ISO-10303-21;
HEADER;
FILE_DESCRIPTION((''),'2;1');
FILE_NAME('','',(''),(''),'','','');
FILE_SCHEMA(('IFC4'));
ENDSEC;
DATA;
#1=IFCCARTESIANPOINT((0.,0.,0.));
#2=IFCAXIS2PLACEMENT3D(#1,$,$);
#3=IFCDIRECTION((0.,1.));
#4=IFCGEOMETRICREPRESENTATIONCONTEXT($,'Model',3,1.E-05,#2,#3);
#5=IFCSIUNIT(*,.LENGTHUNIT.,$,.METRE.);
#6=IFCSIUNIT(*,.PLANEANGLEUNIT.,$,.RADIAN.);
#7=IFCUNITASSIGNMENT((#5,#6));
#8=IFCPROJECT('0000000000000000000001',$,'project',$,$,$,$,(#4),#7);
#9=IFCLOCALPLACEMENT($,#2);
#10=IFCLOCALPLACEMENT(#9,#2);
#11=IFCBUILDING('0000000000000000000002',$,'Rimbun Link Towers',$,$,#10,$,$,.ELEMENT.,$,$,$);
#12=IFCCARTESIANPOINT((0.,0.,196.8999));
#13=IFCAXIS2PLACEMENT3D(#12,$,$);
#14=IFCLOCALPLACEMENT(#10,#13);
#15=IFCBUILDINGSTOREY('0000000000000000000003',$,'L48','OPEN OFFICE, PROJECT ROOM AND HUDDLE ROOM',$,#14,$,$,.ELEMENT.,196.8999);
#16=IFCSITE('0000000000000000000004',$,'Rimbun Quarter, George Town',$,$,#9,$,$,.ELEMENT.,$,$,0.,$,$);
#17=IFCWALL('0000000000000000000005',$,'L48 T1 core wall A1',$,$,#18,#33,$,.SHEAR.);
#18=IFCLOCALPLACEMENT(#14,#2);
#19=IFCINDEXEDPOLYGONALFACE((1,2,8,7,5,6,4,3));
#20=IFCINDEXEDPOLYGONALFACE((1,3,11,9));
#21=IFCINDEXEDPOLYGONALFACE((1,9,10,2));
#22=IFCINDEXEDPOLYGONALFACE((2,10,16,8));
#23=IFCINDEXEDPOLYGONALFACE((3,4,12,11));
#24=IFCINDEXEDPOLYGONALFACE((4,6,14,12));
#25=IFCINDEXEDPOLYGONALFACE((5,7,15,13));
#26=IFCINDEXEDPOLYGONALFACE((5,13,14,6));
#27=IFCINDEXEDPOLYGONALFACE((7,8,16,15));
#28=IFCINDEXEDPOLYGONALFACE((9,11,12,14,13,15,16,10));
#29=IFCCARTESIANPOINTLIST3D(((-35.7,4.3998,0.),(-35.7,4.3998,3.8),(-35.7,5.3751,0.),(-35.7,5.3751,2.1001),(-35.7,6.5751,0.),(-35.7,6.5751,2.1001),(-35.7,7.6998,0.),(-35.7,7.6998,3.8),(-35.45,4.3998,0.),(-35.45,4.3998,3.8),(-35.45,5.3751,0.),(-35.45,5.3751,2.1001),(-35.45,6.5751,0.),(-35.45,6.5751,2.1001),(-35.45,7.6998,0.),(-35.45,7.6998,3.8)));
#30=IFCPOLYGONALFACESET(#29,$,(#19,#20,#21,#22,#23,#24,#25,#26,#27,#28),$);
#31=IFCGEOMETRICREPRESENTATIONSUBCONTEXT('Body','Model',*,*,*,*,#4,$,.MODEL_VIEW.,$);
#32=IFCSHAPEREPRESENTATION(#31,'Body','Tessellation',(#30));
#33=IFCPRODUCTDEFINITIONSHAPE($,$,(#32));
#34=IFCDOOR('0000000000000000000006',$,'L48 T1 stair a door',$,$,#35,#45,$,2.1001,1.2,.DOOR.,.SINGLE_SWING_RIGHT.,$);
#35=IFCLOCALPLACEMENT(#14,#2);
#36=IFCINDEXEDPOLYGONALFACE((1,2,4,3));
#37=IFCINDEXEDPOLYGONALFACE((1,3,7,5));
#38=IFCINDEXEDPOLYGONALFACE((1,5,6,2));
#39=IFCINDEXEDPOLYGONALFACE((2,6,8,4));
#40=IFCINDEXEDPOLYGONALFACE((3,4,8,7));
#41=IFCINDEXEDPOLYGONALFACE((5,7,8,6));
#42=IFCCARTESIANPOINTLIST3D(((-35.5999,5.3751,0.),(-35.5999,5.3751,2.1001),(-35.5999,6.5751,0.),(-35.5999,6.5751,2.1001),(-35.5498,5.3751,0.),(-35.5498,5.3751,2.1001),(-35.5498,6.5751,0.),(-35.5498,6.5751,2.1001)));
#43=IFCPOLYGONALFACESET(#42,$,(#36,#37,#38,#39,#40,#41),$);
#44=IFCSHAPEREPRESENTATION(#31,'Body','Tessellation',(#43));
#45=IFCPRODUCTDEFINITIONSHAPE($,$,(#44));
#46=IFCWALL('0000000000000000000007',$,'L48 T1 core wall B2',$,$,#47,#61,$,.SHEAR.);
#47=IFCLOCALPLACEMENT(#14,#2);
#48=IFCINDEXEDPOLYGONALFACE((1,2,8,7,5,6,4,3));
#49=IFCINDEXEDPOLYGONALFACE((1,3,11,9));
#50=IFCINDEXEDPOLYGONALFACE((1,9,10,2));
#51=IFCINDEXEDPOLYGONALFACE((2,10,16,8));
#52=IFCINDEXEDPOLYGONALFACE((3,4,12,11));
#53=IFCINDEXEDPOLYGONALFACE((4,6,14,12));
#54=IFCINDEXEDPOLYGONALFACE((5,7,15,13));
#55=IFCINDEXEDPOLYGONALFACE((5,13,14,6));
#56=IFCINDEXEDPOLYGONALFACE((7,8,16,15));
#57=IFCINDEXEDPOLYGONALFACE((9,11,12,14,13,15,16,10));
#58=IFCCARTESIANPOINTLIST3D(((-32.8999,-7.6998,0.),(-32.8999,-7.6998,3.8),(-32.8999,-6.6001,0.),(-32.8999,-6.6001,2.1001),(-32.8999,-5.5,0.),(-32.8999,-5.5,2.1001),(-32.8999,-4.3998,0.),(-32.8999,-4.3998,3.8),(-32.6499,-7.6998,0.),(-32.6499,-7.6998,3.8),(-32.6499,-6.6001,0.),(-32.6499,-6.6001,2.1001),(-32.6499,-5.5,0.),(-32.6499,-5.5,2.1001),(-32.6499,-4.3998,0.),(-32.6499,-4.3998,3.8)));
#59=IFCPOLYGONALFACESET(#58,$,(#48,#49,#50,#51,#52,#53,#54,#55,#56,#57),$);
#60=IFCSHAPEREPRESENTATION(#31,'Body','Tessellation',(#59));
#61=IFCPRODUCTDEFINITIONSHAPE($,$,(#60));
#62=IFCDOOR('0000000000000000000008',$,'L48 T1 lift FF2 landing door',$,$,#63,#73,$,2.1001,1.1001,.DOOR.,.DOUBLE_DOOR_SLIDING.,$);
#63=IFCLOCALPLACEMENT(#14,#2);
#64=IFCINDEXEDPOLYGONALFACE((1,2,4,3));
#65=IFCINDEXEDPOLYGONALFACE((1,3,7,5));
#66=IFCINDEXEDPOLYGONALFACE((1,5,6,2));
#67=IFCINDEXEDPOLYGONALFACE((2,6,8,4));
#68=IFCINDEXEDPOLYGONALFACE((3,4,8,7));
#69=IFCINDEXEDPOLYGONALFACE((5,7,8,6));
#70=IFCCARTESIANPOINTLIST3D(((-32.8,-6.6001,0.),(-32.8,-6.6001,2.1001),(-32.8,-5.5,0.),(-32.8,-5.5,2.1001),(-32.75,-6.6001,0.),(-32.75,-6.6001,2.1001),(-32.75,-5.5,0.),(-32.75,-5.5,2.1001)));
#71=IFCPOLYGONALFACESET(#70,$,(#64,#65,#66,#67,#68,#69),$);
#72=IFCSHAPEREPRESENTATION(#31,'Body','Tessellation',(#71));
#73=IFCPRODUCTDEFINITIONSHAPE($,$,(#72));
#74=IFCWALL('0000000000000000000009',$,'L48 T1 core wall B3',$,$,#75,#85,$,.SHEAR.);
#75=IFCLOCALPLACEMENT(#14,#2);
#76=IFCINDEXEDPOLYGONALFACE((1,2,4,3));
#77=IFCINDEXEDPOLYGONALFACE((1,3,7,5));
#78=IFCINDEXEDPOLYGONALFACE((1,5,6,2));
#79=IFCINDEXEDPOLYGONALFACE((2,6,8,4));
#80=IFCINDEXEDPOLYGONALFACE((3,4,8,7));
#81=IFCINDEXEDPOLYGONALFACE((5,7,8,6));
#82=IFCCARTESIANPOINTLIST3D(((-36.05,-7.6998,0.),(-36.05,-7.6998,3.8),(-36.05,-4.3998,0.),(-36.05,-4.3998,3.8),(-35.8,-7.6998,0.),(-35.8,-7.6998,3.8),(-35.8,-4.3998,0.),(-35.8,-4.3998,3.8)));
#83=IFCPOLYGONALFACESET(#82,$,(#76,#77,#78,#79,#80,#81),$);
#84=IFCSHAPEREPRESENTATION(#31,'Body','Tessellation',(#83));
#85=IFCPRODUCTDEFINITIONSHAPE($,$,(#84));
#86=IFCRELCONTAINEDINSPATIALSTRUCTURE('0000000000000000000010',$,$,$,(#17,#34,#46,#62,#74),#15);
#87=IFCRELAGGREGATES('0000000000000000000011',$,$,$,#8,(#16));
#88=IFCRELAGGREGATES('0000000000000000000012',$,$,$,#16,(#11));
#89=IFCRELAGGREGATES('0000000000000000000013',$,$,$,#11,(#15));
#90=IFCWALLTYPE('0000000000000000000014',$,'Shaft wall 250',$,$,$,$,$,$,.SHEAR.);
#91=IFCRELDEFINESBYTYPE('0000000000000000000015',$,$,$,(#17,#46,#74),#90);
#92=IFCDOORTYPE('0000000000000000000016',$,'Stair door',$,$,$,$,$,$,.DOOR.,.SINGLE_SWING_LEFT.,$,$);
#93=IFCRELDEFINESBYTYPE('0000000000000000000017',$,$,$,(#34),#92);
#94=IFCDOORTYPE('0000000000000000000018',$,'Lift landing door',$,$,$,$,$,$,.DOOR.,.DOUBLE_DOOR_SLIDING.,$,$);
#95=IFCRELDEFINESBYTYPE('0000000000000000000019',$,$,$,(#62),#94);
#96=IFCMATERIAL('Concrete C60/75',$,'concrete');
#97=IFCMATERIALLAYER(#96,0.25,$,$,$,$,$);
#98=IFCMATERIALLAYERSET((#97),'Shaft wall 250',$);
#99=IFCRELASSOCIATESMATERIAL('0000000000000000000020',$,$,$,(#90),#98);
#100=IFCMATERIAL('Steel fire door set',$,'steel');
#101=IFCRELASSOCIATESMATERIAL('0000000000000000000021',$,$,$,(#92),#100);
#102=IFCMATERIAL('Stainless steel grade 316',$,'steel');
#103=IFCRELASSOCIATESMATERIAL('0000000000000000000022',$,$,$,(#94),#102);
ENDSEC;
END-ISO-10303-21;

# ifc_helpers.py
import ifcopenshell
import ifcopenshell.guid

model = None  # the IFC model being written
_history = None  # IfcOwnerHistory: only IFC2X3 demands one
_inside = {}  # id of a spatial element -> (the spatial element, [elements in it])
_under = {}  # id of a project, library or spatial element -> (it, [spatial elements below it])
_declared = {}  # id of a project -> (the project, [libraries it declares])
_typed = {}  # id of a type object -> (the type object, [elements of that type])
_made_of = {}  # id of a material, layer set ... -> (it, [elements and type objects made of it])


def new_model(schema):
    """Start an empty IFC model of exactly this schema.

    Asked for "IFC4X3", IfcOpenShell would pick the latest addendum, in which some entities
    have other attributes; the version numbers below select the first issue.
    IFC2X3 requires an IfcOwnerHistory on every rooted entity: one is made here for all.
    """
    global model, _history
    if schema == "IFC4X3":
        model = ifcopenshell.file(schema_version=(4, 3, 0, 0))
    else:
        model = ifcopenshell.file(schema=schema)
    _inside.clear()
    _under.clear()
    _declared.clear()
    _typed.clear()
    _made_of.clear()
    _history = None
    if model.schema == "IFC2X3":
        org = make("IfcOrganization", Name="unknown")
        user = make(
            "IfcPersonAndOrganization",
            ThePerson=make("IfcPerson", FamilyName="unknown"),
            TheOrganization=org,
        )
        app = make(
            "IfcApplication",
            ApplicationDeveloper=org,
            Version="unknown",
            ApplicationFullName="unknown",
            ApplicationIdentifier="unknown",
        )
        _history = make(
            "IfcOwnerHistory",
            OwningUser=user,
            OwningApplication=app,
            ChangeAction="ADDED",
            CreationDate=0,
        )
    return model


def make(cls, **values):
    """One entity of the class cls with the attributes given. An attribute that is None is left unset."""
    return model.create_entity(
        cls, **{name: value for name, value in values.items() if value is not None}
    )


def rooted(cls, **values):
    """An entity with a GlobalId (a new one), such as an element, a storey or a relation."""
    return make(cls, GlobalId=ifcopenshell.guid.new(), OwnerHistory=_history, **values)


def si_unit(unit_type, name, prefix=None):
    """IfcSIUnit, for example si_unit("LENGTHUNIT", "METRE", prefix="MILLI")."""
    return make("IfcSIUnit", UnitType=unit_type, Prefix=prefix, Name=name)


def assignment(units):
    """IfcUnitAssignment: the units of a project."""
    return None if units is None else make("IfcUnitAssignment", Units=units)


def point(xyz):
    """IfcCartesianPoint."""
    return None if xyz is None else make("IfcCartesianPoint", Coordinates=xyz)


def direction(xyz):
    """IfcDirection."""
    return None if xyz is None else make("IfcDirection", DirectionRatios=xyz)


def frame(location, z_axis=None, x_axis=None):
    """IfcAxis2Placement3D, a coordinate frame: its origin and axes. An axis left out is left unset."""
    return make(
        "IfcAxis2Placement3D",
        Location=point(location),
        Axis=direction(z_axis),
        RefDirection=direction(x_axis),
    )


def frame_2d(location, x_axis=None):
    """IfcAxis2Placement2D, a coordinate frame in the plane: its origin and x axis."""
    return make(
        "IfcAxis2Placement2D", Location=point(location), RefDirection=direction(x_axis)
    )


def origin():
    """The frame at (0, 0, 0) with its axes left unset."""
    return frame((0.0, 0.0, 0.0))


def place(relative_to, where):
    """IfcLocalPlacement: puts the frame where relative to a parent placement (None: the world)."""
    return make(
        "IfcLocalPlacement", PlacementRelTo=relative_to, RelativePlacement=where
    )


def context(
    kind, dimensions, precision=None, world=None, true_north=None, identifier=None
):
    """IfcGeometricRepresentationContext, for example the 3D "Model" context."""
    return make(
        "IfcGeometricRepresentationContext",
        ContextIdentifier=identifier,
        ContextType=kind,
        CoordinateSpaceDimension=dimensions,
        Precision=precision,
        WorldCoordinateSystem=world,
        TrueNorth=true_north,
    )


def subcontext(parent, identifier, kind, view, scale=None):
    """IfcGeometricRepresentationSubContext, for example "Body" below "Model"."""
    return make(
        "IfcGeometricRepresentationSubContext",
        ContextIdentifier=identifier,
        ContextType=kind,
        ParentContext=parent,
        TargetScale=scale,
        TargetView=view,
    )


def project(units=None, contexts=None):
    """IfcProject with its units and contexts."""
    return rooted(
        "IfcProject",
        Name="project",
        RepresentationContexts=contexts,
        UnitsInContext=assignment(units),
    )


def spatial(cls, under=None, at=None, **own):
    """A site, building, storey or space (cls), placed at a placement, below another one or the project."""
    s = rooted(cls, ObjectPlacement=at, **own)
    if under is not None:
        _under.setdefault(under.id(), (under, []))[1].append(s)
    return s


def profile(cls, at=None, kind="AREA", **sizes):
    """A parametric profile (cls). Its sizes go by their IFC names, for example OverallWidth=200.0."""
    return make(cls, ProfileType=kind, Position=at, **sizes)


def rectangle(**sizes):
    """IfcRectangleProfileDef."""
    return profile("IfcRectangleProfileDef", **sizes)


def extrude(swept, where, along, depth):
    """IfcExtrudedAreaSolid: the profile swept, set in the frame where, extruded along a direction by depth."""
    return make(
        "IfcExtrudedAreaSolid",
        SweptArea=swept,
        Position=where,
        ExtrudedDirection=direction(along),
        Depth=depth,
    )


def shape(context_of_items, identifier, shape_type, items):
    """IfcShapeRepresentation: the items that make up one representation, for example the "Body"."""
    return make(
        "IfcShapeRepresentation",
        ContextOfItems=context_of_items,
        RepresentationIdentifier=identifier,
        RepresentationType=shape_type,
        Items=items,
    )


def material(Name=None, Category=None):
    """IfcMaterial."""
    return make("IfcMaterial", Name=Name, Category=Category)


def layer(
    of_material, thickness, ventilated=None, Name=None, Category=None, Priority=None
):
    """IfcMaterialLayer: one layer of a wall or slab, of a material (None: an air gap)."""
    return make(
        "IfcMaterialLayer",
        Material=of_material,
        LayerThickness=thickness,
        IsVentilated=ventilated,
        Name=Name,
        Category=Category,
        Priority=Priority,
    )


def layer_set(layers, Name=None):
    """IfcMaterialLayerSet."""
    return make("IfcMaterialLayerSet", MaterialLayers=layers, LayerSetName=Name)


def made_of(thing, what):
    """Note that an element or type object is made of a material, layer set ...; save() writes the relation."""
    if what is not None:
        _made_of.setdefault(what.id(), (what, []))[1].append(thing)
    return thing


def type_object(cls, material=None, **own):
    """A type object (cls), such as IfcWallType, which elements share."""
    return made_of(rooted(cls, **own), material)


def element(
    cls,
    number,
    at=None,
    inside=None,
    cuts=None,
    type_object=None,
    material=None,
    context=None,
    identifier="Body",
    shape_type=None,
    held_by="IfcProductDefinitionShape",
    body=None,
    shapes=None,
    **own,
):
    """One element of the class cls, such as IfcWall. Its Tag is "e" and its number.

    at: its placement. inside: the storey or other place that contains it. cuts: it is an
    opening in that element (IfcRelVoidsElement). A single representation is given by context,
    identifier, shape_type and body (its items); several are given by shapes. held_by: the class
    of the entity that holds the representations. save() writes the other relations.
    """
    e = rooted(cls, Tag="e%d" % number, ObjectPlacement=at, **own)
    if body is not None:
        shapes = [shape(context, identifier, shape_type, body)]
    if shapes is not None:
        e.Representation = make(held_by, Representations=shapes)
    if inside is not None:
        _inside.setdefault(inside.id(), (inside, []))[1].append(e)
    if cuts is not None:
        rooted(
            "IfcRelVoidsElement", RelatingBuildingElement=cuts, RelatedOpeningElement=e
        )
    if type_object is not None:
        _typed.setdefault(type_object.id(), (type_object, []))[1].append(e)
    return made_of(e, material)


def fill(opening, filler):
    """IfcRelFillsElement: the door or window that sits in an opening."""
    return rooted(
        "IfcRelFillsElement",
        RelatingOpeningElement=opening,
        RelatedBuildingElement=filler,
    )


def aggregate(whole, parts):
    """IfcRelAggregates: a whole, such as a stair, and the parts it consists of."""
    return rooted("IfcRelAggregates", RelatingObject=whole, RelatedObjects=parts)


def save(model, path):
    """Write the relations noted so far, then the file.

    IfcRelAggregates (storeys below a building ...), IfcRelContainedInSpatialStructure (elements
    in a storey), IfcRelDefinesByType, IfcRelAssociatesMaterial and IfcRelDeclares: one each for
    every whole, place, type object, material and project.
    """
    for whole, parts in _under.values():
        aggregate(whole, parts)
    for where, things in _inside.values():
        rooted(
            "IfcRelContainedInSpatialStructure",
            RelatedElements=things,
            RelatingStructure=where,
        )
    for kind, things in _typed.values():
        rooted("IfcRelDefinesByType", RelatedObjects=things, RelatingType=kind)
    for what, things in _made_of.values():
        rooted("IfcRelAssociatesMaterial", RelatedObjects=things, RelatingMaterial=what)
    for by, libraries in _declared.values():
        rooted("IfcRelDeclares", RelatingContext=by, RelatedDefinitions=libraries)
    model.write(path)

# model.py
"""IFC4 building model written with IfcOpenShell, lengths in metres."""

from ifc_helpers import new_model, si_unit, direction, frame, frame_2d, origin, place, context, subcontext, project, spatial, rectangle, extrude, material, layer, layer_set, type_object, element, fill, save


model = new_model("IFC4")

# Units and contexts
model_context = context("Model", 3, precision=1e-05, world=origin(), true_north=direction((0.0, 1.0)))
body_context = subcontext(model_context, "Body", "Model", "MODEL_VIEW")
ifc_project = project(units=[si_unit("LENGTHUNIT", "METRE"), si_unit("PLANEANGLEUNIT", "RADIAN")], contexts=[model_context])

# Site, building, storey
site_placement = place(None, origin())
site = spatial("IfcSite", under=ifc_project, at=site_placement, Name="Rimbun Quarter, George Town", CompositionType="ELEMENT", RefElevation=0.0)
building_placement = place(site_placement, origin())
building = spatial("IfcBuilding", under=site, at=building_placement, Name="Rimbun Link Towers", CompositionType="ELEMENT")
storey_placement = place(building_placement, frame((0.0, 0.0, 196.8999)))
storey = spatial("IfcBuildingStorey", under=building, at=storey_placement, Name="L48", Description="OPEN OFFICE, PROJECT ROOM AND HUDDLE ROOM", CompositionType="ELEMENT", Elevation=196.8999)

# Shared definitions
ifc_material_1 = material(Name="Concrete C60/75", Category="concrete")
ifc_layer_1 = layer(ifc_material_1, 0.25)
ifc_layer_set_1 = layer_set([ifc_layer_1], Name="Shaft wall 250")
wall_type_1 = type_object("IfcWallType", Name="Shaft wall 250", PredefinedType="SHEAR", material=ifc_layer_set_1)

# Walls, openings, doors
wall_1_placement = place(storey_placement, frame((-35.575, 4.3999, 0.0), z_axis=(0.0, 0.0, 1.0), x_axis=(0.0, 1.0, 0.0)))
wall_1 = element("IfcWall", 1, at=wall_1_placement, inside=storey, type_object=wall_type_1, Name="L48 T1 core wall A1", PredefinedType="SHEAR", context=body_context, shape_type="SweptSolid", body=[
    extrude(rectangle(XDim=3.3, YDim=0.25, at=frame_2d((1.6499, 0.0))), origin(), (0.0, 0.0, 1.0), 3.8),
])
opening_1_placement = place(wall_1_placement, frame((0.9751, 0.0, 0.0)))
opening_1 = element("IfcOpeningElement", 2, at=opening_1_placement, cuts=wall_1, PredefinedType="OPENING", context=body_context, shape_type="SweptSolid", body=[
    extrude(rectangle(XDim=1.2, YDim=2.1001, at=frame_2d((0.6001, 1.05))), frame((0.0, 0.135, 0.0), z_axis=(0.0, -1.0, 0.0), x_axis=(1.0, 0.0, 0.0)), (0.0, 0.0, 1.0), 0.27),
])
ifc_material_2 = material(Name="Steel fire door set", Category="steel")
door_type_1 = type_object("IfcDoorType", Name="Stair door", OperationType="SINGLE_SWING_LEFT", PredefinedType="DOOR", material=ifc_material_2)
door_1_placement = place(opening_1_placement, origin())
door_1 = element("IfcDoor", 3, at=door_1_placement, inside=storey, type_object=door_type_1, Name="L48 T1 stair a door", OperationType="SINGLE_SWING_RIGHT", OverallHeight=2.1001, OverallWidth=1.2, PredefinedType="DOOR", context=body_context, shape_type="SweptSolid", body=[
    extrude(rectangle(XDim=1.2, YDim=2.1001, at=frame_2d((0.6001, 1.05))), frame((0.0, 0.0249, 0.0), z_axis=(0.0, -1.0, 0.0), x_axis=(1.0, 0.0, 0.0)), (0.0, 0.0, 1.0), 0.05),
])
fill(opening_1, door_1)
wall_2_placement = place(storey_placement, frame((-32.7749, -4.3999, 0.0), z_axis=(0.0, 0.0, 1.0), x_axis=(0.0, -1.0, 0.0)))
wall_2 = element("IfcWall", 4, at=wall_2_placement, inside=storey, type_object=wall_type_1, Name="L48 T1 core wall B2", PredefinedType="SHEAR", context=body_context, shape_type="SweptSolid", body=[
    extrude(rectangle(XDim=3.3, YDim=0.25, at=frame_2d((1.6499, 0.0))), origin(), (0.0, 0.0, 1.0), 3.8),
])
opening_2_placement = place(wall_2_placement, frame((1.1001, 0.0, 0.0)))
opening_2 = element("IfcOpeningElement", 5, at=opening_2_placement, cuts=wall_2, PredefinedType="OPENING", context=body_context, shape_type="SweptSolid", body=[
    extrude(rectangle(XDim=1.1001, YDim=2.1001, at=frame_2d((0.55, 1.05))), frame((0.0, 0.135, 0.0), z_axis=(0.0, -1.0, 0.0), x_axis=(1.0, 0.0, 0.0)), (0.0, 0.0, 1.0), 0.27),
])
ifc_material_3 = material(Name="Stainless steel grade 316", Category="steel")
door_type_2 = type_object("IfcDoorType", Name="Lift landing door", OperationType="DOUBLE_DOOR_SLIDING", PredefinedType="DOOR", material=ifc_material_3)
door_2_placement = place(opening_2_placement, origin())
door_2 = element("IfcDoor", 6, at=door_2_placement, inside=storey, type_object=door_type_2, Name="L48 T1 lift FF2 landing door", OperationType="DOUBLE_DOOR_SLIDING", OverallHeight=2.1001, OverallWidth=1.1001, PredefinedType="DOOR", context=body_context, shape_type="SweptSolid", body=[
    extrude(rectangle(XDim=1.1001, YDim=2.1001, at=frame_2d((0.55, 1.05))), frame((0.0, 0.0249, 0.0), z_axis=(0.0, -1.0, 0.0), x_axis=(1.0, 0.0, 0.0)), (0.0, 0.0, 1.0), 0.05),
])
fill(opening_2, door_2)

# Wall
wall_3_placement = place(storey_placement, frame((-35.925, -4.3999, 0.0), z_axis=(0.0, 0.0, 1.0), x_axis=(0.0, -1.0, 0.0)))
element("IfcWall", 7, at=wall_3_placement, inside=storey, type_object=wall_type_1, Name="L48 T1 core wall B3", PredefinedType="SHEAR", context=body_context, shape_type="SweptSolid", body=[
    extrude(rectangle(XDim=3.3, YDim=0.25, at=frame_2d((1.6499, 0.0))), origin(), (0.0, 0.0, 1.0), 3.8),
])

save(model, "model.ifc")
